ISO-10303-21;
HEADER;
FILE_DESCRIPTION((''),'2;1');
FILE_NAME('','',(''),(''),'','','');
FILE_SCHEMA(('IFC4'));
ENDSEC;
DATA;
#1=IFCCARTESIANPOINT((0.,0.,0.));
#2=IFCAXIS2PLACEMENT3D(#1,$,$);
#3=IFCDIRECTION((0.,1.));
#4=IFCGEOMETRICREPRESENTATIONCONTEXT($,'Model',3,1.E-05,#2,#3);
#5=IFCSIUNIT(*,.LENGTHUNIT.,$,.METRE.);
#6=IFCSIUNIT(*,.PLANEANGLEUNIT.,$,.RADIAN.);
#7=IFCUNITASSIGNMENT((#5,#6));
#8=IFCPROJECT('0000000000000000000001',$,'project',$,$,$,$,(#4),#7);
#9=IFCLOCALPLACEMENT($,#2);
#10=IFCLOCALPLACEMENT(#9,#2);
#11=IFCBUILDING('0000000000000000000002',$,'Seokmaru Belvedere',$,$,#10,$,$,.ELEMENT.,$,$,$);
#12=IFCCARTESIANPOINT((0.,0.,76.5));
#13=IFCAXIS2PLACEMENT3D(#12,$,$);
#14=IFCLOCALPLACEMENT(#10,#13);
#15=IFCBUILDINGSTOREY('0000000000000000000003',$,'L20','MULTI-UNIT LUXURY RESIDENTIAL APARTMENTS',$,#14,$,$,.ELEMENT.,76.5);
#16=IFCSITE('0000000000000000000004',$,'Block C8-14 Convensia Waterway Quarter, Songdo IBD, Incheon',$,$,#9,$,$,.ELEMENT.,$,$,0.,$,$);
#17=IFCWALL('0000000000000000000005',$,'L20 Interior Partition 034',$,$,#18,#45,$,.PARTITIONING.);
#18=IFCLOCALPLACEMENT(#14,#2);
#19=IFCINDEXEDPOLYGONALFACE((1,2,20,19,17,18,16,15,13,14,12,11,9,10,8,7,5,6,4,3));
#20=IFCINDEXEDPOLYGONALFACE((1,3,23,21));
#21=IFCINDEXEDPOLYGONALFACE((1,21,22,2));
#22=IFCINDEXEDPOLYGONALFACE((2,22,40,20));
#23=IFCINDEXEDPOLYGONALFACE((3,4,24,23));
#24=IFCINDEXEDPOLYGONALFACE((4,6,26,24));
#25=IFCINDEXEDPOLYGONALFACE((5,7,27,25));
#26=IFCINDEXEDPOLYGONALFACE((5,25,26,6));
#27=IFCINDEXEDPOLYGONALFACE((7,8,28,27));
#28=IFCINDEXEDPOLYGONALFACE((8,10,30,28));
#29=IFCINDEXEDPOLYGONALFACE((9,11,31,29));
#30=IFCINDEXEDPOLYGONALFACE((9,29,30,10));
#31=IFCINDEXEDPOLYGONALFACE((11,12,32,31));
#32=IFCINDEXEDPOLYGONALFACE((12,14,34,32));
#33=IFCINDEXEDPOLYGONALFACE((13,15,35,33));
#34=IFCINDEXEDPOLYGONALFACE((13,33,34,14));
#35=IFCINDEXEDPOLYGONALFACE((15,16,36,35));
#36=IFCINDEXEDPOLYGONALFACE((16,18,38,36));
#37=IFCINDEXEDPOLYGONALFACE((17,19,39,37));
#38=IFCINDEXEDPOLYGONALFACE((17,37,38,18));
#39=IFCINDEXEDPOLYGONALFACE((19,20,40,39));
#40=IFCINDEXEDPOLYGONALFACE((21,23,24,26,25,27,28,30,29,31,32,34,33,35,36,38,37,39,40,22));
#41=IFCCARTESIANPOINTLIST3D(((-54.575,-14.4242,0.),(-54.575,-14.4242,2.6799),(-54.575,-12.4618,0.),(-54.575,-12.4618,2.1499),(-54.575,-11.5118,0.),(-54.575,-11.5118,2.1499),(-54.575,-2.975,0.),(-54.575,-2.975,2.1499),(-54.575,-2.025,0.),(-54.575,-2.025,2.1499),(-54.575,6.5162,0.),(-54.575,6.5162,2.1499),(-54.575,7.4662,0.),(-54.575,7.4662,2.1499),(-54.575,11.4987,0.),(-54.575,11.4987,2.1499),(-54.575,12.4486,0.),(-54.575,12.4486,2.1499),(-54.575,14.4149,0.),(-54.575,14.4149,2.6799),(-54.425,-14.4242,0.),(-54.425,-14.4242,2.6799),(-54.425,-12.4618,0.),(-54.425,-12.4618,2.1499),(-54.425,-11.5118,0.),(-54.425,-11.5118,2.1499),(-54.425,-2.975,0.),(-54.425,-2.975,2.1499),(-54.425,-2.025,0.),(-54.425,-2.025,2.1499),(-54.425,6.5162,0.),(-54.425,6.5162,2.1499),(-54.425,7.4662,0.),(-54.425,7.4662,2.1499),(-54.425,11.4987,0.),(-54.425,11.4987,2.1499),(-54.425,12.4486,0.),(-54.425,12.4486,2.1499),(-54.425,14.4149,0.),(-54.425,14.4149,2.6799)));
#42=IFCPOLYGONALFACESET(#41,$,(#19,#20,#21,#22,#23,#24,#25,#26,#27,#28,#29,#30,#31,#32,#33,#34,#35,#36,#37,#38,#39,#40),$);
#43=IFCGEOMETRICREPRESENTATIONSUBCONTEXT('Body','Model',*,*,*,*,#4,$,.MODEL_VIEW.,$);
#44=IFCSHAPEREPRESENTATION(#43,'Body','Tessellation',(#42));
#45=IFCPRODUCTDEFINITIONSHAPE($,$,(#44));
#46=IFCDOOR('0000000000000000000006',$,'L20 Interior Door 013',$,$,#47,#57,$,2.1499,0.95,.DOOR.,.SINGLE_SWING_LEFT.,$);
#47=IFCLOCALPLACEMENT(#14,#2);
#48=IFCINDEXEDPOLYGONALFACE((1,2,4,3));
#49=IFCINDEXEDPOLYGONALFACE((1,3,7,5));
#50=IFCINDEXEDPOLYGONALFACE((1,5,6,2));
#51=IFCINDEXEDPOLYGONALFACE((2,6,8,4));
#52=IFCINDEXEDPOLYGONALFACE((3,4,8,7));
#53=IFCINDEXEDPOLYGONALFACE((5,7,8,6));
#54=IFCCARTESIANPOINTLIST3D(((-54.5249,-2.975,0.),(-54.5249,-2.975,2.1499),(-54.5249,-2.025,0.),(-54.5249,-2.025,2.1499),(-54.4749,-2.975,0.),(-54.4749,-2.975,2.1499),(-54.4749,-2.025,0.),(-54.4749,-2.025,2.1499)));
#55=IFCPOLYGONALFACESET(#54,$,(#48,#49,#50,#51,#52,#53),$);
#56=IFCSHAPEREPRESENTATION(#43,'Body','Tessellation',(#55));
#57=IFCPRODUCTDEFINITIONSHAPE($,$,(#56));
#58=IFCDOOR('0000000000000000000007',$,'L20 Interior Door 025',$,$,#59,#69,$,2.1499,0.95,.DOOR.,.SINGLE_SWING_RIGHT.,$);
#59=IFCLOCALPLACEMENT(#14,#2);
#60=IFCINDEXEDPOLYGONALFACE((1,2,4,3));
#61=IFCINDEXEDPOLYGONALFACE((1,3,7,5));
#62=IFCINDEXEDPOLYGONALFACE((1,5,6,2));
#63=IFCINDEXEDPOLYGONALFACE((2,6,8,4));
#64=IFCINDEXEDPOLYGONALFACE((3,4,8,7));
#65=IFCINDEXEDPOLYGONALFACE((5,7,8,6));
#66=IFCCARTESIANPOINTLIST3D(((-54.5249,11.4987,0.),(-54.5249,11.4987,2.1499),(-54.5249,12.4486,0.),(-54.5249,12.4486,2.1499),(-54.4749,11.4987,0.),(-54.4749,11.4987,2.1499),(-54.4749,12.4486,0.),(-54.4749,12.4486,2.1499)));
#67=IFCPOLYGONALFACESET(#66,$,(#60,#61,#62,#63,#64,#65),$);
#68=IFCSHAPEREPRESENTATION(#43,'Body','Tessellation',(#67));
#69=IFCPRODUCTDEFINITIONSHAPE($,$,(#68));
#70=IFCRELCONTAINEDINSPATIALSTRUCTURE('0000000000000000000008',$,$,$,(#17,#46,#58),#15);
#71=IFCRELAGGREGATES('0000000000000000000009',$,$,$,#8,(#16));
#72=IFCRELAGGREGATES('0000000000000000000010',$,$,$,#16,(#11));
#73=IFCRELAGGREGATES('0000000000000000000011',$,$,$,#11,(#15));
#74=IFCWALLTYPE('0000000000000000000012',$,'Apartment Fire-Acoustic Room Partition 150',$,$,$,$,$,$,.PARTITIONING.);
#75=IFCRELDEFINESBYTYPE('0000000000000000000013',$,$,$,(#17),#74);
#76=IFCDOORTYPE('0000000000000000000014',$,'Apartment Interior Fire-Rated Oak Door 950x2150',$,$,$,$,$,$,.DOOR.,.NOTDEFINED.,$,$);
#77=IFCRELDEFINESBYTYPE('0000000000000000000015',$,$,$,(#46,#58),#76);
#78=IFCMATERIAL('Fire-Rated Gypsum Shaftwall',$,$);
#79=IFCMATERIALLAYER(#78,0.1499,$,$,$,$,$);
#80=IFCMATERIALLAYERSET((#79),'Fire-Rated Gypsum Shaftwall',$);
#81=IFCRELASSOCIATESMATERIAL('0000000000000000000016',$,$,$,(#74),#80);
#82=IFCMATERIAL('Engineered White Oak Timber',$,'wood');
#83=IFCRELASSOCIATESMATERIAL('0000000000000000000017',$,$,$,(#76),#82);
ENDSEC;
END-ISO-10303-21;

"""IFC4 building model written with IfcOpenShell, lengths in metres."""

from ifc_helpers import new_model, si_unit, direction, frame, frame_2d, origin, place, context, subcontext, project, spatial, rectangle, extrude, source, transform, mapped, material, layer, layer_set, type_object, type_shapes, element, fill, save


model = new_model("IFC4")

# Units and contexts
model_context = context("Model", 3, precision=1e-05, world=origin(), true_north=direction((0.0, 1.0)))
body_context = subcontext(model_context, "Body", "Model", "MODEL_VIEW")
ifc_project = project(units=[si_unit("LENGTHUNIT", "METRE"), si_unit("PLANEANGLEUNIT", "RADIAN")], contexts=[model_context])

# Site, building, storey
site_placement = place(None, origin())
site = spatial("IfcSite", under=ifc_project, at=site_placement, Name="Block C8-14 Convensia Waterway Quarter, Songdo IBD, Incheon", CompositionType="ELEMENT", RefElevation=0.0)
building_placement = place(site_placement, origin())
building = spatial("IfcBuilding", under=site, at=building_placement, Name="Seokmaru Belvedere", CompositionType="ELEMENT")
storey_placement = place(building_placement, frame((0.0, 0.0, 76.5)))
storey = spatial("IfcBuildingStorey", under=building, at=storey_placement, Name="L20", Description="MULTI-UNIT LUXURY RESIDENTIAL APARTMENTS", CompositionType="ELEMENT", Elevation=76.5)

# Shared definitions
ifc_material_1 = material(Name="Fire-Rated Gypsum Shaftwall")
ifc_layer_1 = layer(ifc_material_1, 0.1499)
ifc_layer_set_1 = layer_set([ifc_layer_1], Name="Fire-Rated Gypsum Shaftwall")
wall_type = type_object("IfcWallType", Name="Apartment Fire-Acoustic Room Partition 150", PredefinedType="PARTITIONING", material=ifc_layer_set_1)

# Wall, openings, doors
ifc_material_2 = material(Name="Engineered White Oak Timber", Category="wood")
door_type = type_object("IfcDoorType", Name="Apartment Interior Fire-Rated Oak Door 950x2150", OperationType="NOTDEFINED", PredefinedType="DOOR", material=ifc_material_2)
shared_shape_1 = source(origin(), body_context, "Body", "SweptSolid", [
    extrude(rectangle(XDim=0.95, YDim=2.1499, at=frame_2d((0.4751, 1.075))), frame((0.0, 0.0249, 0.0), z_axis=(0.0, -1.0, 0.0), x_axis=(1.0, 0.0, 0.0)), (0.0, 0.0, 1.0), 0.05),
])
type_shapes(door_type, [shared_shape_1])
wall_1_placement = place(storey_placement, frame((-54.5, -14.4241, 0.0), z_axis=(0.0, 0.0, 1.0), x_axis=(0.0, 1.0, 0.0)))
wall_1 = element("IfcWall", 1, at=wall_1_placement, inside=storey, type_object=wall_type, Name="L20 Interior Partition 034", PredefinedType="PARTITIONING", context=body_context, shape_type="SweptSolid", body=[
    extrude(rectangle(XDim=28.8391, YDim=0.1499, at=frame_2d((14.4194, 0.0))), origin(), (0.0, 0.0, 1.0), 2.6799),
])
opening_1_placement = place(wall_1_placement, frame((1.9622, 0.0, 0.0)))
element("IfcOpeningElement", 2, at=opening_1_placement, cuts=wall_1, PredefinedType="OPENING", context=body_context, shape_type="SweptSolid", body=[
    extrude(rectangle(XDim=0.95, YDim=2.1499, at=frame_2d((0.4751, 1.075))), frame((0.0, 0.085, 0.0), z_axis=(0.0, -1.0, 0.0), x_axis=(1.0, 0.0, 0.0)), (0.0, 0.0, 1.0), 0.1699),
])
opening_2_placement = place(wall_1_placement, frame((11.449, 0.0, 0.0)))
opening_2 = element("IfcOpeningElement", 3, at=opening_2_placement, cuts=wall_1, PredefinedType="OPENING", context=body_context, shape_type="SweptSolid", body=[
    extrude(rectangle(XDim=0.95, YDim=2.1499, at=frame_2d((0.4751, 1.075))), frame((0.0, 0.085, 0.0), z_axis=(0.0, -1.0, 0.0), x_axis=(1.0, 0.0, 0.0)), (0.0, 0.0, 1.0), 0.1699),
])
opening_3_placement = place(wall_1_placement, frame((25.9226, 0.0, 0.0)))
opening_3 = element("IfcOpeningElement", 4, at=opening_3_placement, cuts=wall_1, PredefinedType="OPENING", context=body_context, shape_type="SweptSolid", body=[
    extrude(rectangle(XDim=0.95, YDim=2.1499, at=frame_2d((0.4751, 1.075))), frame((0.0, 0.085, 0.0), z_axis=(0.0, -1.0, 0.0), x_axis=(1.0, 0.0, 0.0)), (0.0, 0.0, 1.0), 0.1699),
])
opening_4_placement = place(wall_1_placement, frame((20.9402, 0.0, 0.0)))
element("IfcOpeningElement", 5, at=opening_4_placement, cuts=wall_1, PredefinedType="OPENING", context=body_context, shape_type="SweptSolid", body=[
    extrude(rectangle(XDim=0.95, YDim=2.1499, at=frame_2d((0.4751, 1.075))), frame((0.0, 0.085, 0.0), z_axis=(0.0, -1.0, 0.0), x_axis=(1.0, 0.0, 0.0)), (0.0, 0.0, 1.0), 0.1699),
])
door_1_placement = place(opening_2_placement, origin())
door_1 = element("IfcDoor", 6, at=door_1_placement, inside=storey, type_object=door_type, Name="L20 Interior Door 013", OperationType="SINGLE_SWING_LEFT", OverallHeight=2.1499, OverallWidth=0.95, PredefinedType="DOOR", context=body_context, shape_type="MappedRepresentation", body=[
    mapped(shared_shape_1, transform((0.0, 0.0, 0.0), scale=1.0)),
])
fill(opening_2, door_1)
door_2_placement = place(opening_3_placement, origin())
door_2 = element("IfcDoor", 7, at=door_2_placement, inside=storey, type_object=door_type, Name="L20 Interior Door 025", OperationType="SINGLE_SWING_RIGHT", OverallHeight=2.1499, OverallWidth=0.95, PredefinedType="DOOR", context=body_context, shape_type="MappedRepresentation", body=[
    mapped(shared_shape_1, transform((0.0, 0.0, 0.0), scale=1.0)),
])
fill(opening_3, door_2)

save(model, "model.ifc")
